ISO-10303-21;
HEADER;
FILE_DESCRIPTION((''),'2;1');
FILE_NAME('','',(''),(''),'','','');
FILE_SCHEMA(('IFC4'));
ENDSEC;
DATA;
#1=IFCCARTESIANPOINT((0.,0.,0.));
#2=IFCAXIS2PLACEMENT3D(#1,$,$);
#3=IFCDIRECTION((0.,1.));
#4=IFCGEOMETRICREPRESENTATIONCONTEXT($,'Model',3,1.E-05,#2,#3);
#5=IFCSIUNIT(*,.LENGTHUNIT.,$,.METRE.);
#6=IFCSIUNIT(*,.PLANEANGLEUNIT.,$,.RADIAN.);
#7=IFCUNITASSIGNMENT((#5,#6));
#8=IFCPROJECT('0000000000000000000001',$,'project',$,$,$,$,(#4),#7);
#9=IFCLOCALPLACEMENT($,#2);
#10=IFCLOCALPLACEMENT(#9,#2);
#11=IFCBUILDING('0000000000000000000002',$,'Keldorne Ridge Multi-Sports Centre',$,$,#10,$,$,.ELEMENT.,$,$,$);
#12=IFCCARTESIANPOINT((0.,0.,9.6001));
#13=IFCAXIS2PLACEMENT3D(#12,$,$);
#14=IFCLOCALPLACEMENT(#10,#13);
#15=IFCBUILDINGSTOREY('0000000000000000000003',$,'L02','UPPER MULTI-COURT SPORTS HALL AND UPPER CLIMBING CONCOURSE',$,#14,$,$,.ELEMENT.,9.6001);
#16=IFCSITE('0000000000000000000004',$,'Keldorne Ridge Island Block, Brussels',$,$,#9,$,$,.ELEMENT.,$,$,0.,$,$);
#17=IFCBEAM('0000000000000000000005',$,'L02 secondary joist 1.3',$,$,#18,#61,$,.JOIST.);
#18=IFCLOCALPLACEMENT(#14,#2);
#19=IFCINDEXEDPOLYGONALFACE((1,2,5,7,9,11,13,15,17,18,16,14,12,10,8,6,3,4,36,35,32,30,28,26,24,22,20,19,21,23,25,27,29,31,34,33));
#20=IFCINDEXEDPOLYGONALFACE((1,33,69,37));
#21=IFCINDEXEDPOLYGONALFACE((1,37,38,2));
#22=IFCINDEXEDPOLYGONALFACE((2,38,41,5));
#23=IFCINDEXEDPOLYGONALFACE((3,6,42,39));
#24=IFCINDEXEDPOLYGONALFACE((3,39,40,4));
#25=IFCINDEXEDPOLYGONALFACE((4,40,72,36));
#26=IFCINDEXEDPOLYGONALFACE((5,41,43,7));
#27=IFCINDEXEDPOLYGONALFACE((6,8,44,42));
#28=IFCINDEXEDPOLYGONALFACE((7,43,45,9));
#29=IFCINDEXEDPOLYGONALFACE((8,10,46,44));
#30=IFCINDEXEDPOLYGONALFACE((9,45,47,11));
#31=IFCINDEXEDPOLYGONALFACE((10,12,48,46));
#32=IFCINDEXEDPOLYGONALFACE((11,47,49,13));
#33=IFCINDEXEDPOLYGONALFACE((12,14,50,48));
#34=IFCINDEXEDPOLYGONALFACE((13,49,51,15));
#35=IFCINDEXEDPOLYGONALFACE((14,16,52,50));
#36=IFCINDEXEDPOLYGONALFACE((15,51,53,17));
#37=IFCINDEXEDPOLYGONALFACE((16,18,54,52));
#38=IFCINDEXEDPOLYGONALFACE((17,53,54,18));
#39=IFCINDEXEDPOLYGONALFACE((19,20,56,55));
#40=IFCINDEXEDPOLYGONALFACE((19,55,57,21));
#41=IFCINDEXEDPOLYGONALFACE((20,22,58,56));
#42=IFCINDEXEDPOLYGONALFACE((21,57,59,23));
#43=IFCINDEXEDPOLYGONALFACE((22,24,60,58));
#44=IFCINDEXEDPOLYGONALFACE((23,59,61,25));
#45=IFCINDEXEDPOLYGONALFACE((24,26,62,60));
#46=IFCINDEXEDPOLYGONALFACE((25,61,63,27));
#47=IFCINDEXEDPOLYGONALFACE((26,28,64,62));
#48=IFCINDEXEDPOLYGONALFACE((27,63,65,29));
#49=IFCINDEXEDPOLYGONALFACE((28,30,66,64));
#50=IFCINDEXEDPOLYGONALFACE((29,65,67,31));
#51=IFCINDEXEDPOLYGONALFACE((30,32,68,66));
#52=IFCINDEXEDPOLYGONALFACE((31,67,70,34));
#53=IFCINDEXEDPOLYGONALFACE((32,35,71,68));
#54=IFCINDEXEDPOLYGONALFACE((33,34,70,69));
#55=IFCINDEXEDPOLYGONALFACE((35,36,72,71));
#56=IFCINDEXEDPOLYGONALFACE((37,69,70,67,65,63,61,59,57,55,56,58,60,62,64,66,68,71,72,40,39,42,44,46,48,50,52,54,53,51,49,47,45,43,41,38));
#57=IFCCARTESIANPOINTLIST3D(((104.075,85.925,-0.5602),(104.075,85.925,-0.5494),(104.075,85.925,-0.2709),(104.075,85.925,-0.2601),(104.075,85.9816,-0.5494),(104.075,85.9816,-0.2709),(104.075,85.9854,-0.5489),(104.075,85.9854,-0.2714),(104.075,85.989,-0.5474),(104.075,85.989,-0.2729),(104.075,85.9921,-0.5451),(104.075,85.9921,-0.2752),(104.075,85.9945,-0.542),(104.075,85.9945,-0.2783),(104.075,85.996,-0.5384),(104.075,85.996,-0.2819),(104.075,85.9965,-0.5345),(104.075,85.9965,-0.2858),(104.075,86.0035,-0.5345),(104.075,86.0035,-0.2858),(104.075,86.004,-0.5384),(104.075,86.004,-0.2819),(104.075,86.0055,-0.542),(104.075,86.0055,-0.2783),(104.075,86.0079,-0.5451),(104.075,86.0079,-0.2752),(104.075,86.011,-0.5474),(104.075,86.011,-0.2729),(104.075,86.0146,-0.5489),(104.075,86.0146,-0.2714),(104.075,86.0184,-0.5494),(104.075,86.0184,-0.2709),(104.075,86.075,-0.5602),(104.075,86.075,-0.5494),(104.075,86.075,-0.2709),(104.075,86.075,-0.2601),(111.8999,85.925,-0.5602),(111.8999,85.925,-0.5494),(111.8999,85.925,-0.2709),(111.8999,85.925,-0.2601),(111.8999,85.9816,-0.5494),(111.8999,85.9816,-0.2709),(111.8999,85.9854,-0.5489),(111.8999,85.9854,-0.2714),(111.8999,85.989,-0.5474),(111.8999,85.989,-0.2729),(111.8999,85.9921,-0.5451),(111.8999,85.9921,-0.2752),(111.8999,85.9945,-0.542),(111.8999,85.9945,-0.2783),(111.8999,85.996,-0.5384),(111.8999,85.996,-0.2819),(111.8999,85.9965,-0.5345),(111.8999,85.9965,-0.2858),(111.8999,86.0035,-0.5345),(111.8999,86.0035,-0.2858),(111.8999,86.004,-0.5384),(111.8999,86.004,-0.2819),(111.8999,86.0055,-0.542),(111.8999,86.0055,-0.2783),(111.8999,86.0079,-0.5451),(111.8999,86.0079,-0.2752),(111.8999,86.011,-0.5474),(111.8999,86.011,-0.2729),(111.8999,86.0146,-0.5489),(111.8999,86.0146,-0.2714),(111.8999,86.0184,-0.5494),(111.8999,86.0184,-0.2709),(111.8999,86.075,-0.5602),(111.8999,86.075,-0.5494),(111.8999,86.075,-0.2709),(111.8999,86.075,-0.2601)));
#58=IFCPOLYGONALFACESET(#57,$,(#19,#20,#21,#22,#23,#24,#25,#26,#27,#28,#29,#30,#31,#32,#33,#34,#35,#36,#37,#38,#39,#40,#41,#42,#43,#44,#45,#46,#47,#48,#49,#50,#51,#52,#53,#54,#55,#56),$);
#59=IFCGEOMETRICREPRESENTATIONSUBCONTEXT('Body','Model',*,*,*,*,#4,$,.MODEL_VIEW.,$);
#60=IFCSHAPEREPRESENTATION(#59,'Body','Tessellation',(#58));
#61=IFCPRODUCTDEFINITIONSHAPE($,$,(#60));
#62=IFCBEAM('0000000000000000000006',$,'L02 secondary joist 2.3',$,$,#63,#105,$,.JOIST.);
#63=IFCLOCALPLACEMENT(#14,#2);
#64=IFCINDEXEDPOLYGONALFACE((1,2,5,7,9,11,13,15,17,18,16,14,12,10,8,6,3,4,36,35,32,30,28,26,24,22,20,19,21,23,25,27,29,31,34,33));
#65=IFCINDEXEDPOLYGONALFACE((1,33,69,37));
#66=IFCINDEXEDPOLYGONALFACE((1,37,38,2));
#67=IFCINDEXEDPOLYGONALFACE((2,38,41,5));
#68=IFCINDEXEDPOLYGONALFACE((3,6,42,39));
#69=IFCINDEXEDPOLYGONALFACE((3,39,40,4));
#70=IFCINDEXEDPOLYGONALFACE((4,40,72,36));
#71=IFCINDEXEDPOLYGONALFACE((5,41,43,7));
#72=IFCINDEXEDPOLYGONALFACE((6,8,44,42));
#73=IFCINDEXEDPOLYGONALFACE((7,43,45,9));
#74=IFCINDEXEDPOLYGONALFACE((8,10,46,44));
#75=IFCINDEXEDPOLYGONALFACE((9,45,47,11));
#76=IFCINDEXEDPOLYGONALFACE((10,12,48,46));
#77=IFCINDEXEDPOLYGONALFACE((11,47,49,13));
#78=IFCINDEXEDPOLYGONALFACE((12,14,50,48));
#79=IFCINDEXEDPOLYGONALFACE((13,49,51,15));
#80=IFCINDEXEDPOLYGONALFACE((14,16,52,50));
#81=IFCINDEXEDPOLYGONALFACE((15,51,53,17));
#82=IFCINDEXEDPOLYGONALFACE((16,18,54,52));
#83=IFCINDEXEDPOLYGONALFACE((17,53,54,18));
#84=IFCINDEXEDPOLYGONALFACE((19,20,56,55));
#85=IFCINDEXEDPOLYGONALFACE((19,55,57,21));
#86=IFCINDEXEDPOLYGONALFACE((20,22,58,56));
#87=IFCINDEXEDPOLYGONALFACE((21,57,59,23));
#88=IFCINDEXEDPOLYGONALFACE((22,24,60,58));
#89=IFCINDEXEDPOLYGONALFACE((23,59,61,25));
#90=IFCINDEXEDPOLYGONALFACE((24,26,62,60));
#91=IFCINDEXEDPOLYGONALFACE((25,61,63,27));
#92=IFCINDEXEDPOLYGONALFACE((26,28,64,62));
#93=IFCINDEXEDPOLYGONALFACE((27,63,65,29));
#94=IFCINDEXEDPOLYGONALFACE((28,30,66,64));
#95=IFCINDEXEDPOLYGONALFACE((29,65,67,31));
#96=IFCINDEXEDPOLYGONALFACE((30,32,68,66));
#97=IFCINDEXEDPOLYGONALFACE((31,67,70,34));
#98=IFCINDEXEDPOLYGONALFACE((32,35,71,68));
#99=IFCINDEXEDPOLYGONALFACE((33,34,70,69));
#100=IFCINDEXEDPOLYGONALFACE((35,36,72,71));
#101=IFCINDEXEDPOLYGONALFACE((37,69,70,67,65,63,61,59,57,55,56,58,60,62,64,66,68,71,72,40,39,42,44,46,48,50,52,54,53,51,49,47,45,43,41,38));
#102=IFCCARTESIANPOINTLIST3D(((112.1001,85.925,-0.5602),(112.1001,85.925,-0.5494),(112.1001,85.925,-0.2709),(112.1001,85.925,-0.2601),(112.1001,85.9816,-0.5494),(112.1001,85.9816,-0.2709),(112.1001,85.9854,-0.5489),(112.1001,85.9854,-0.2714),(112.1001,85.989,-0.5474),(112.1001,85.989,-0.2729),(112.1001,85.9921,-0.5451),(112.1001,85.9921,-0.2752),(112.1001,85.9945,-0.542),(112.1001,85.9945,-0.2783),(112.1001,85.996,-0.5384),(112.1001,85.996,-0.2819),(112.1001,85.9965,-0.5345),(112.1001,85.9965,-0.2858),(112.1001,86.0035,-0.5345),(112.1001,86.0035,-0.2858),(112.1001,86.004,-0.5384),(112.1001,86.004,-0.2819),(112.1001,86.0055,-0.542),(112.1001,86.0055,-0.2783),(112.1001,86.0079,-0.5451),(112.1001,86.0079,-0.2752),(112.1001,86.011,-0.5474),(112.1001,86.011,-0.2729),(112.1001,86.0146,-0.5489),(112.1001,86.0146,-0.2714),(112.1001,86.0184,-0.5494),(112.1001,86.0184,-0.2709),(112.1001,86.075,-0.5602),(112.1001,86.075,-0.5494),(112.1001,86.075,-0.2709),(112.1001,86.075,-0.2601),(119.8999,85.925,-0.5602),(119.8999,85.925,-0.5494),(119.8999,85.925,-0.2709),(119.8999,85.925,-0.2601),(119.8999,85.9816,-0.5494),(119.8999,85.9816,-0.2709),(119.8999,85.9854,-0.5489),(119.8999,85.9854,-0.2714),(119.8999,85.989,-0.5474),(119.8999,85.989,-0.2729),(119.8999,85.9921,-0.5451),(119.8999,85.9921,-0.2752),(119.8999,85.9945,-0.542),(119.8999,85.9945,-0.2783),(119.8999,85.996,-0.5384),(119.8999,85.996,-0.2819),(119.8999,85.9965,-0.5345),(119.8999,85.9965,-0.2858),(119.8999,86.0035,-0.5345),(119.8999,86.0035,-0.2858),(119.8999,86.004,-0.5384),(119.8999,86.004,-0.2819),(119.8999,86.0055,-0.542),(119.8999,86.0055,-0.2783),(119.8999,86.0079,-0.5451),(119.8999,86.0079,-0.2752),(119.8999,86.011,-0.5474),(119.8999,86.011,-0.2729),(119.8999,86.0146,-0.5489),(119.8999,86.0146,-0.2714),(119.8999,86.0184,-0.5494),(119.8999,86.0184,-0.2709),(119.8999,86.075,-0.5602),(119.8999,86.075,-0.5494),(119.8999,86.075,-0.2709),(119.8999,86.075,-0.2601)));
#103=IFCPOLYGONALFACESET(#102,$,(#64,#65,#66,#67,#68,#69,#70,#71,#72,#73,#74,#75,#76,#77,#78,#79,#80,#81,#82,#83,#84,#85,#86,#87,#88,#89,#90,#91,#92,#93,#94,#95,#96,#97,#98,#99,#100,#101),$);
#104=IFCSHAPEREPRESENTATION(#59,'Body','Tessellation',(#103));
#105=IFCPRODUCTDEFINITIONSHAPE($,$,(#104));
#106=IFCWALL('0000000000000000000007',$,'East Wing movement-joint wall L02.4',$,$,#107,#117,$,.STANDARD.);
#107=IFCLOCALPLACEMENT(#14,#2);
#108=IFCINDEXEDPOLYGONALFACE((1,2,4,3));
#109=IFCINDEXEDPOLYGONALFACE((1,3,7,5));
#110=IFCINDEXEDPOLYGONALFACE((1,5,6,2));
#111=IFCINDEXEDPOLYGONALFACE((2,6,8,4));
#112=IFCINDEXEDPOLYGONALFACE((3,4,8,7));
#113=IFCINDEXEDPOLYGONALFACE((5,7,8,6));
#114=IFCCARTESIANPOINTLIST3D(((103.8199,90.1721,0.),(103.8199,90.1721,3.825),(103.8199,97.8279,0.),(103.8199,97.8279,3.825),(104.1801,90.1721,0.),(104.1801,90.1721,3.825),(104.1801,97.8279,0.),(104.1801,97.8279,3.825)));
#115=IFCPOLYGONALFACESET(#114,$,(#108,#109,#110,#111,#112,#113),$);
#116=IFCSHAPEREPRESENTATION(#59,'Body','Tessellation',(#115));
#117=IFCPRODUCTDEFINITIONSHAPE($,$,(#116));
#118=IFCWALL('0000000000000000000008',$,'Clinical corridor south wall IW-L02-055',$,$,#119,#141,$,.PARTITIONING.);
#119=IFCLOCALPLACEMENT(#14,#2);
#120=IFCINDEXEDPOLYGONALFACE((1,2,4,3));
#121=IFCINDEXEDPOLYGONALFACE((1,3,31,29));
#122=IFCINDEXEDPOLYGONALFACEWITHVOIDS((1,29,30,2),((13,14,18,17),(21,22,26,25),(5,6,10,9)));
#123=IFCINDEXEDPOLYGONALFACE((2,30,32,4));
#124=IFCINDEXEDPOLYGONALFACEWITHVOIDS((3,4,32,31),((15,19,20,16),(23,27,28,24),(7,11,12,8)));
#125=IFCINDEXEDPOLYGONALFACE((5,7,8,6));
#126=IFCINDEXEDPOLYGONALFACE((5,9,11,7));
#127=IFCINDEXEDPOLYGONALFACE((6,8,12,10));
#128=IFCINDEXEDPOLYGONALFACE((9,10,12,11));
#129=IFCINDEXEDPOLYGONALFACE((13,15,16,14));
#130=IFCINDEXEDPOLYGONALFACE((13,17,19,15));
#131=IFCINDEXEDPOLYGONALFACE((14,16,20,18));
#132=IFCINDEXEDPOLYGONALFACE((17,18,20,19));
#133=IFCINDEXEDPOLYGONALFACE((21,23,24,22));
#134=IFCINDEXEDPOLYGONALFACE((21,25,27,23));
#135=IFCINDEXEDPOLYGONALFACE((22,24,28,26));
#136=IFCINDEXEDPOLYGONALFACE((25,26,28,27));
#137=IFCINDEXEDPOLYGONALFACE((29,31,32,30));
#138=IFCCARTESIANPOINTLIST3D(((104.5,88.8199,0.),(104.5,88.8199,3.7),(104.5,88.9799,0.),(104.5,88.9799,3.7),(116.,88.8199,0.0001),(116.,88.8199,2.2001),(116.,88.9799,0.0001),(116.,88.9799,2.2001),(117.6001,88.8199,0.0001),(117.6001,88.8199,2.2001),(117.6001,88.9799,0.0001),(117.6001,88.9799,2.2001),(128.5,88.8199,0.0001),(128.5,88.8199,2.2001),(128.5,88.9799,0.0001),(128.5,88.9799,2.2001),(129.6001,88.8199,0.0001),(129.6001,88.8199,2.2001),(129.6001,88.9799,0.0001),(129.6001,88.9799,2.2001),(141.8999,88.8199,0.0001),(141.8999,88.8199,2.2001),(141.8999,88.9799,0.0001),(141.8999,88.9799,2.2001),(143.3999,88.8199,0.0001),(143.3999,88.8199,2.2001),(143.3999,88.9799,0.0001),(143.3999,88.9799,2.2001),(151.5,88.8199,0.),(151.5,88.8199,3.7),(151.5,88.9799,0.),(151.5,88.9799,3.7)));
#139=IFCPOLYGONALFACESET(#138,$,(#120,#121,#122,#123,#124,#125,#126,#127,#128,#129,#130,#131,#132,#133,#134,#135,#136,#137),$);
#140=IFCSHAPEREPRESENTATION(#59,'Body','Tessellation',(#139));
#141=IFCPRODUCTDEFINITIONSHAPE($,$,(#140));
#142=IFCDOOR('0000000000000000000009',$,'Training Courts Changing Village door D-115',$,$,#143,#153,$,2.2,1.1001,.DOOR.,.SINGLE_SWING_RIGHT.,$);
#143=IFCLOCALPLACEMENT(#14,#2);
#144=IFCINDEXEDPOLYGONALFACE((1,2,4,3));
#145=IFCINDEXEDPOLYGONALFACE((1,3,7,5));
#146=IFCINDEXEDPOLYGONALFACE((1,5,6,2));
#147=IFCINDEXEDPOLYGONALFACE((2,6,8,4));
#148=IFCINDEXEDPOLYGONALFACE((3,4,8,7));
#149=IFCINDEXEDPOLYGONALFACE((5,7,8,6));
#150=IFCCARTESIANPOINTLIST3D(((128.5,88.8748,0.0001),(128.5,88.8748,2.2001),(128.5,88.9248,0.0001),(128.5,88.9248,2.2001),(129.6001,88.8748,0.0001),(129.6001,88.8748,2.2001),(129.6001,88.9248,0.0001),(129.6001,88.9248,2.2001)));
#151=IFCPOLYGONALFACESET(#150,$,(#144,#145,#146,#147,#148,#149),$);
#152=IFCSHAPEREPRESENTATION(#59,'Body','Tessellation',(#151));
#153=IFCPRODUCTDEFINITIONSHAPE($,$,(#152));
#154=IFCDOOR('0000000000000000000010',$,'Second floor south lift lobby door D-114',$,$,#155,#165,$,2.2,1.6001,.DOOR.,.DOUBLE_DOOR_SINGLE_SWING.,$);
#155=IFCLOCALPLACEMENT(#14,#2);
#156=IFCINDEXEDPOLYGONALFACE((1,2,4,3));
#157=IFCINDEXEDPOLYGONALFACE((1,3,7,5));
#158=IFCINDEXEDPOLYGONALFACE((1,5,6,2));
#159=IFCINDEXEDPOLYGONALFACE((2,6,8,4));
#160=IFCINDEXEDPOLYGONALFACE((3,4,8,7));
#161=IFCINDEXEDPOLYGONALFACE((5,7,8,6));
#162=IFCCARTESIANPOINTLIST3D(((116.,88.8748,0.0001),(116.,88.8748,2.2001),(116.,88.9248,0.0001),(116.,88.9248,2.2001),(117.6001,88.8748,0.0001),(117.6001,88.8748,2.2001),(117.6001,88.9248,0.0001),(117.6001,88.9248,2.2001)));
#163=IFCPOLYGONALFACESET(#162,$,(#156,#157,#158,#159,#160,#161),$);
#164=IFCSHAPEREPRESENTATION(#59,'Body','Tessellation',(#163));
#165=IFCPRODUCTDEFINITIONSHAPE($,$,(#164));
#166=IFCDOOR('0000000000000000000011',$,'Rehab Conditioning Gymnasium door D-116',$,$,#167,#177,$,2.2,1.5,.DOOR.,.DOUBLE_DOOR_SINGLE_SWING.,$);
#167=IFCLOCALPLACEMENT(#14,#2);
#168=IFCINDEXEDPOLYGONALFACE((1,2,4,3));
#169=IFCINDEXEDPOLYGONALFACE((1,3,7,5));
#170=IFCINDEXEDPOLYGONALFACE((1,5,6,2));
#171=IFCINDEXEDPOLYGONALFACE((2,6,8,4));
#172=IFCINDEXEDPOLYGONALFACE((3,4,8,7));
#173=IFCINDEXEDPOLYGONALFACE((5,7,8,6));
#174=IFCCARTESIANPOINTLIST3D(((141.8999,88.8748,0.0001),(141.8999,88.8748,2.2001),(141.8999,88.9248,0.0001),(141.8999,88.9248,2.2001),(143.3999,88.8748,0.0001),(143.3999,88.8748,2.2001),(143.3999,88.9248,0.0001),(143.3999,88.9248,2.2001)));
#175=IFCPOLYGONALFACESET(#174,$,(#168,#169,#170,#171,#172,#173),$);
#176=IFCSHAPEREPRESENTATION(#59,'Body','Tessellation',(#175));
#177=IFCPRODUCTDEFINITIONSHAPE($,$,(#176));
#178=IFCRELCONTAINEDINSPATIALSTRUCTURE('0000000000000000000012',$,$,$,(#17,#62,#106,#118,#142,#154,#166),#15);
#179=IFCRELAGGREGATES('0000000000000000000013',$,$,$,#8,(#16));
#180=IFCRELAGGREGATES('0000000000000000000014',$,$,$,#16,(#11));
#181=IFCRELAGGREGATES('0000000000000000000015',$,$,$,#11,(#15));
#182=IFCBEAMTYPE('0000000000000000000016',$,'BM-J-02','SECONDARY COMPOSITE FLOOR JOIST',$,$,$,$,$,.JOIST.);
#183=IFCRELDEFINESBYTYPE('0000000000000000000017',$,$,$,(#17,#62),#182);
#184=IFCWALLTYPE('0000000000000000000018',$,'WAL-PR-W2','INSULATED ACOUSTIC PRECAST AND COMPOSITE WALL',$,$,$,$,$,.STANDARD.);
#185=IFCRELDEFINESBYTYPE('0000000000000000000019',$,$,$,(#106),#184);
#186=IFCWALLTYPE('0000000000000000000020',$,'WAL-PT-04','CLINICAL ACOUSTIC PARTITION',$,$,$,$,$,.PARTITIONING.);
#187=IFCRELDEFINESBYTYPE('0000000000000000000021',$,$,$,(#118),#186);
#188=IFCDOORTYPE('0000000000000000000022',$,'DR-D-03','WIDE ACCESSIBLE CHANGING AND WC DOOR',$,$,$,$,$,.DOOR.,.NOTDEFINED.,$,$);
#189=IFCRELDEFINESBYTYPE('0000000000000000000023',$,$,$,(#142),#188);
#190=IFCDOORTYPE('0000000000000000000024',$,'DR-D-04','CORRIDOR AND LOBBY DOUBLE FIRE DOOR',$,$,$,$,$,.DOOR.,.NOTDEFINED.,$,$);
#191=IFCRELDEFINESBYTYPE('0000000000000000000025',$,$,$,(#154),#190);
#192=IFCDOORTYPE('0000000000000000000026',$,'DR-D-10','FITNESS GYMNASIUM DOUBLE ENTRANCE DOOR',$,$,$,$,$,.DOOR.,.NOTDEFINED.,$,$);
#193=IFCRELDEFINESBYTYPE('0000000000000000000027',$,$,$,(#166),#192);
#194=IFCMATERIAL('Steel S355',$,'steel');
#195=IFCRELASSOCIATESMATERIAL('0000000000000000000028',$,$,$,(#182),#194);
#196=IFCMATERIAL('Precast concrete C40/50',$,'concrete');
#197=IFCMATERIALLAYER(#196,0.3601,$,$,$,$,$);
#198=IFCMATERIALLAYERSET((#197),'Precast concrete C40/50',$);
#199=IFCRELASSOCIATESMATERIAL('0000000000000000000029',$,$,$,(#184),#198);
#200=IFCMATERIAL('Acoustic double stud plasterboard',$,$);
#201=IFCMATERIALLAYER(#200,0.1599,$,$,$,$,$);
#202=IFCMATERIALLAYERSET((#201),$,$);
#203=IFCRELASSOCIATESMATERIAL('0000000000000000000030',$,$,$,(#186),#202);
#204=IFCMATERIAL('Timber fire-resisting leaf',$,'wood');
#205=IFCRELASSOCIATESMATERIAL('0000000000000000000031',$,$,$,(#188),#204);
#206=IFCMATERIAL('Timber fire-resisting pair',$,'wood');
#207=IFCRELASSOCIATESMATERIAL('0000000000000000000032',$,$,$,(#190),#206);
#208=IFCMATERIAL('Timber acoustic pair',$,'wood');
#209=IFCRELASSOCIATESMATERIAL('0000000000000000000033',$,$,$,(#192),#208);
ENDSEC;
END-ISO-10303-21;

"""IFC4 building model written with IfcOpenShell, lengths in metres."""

from ifc_helpers import new_model, si_unit, direction, frame, frame_2d, origin, origin_2d, place, context, subcontext, project, spatial, rectangle, i_section, extrude, material, layer, layer_set, material_profile, profile_set, type_object, element, fill, save


model = new_model("IFC4")

# Units and contexts
model_context = context("Model", 3, precision=1e-05, world=origin(), true_north=direction((0.0, 1.0)))
body_context = subcontext(model_context, "Body", "Model", "MODEL_VIEW")
ifc_project = project(units=[si_unit("LENGTHUNIT", "METRE"), si_unit("PLANEANGLEUNIT", "RADIAN")], contexts=[model_context])

# Site, building, storey
site_placement = place(None, origin())
site = spatial("IfcSite", under=ifc_project, at=site_placement, Name="Keldorne Ridge Island Block, Brussels", CompositionType="ELEMENT", RefElevation=0.0)
building_placement = place(site_placement, origin())
building = spatial("IfcBuilding", under=site, at=building_placement, Name="Keldorne Ridge Multi-Sports Centre", CompositionType="ELEMENT")
storey_placement = place(building_placement, frame((0.0, 0.0, 9.6001)))
storey = spatial("IfcBuildingStorey", under=building, at=storey_placement, Name="L02", Description="UPPER MULTI-COURT SPORTS HALL AND UPPER CLIMBING CONCOURSE", CompositionType="ELEMENT", Elevation=9.6001)

# Shared definitions
ifc_material_1 = material(Name="Steel S355", Category="steel")

# Beams
ifc_material_profile_1 = material_profile(ifc_material_1, i_section(OverallWidth=0.1499, OverallDepth=0.3, WebThickness=0.0071, FlangeThickness=0.0107, FilletRadius=0.0149, at=origin_2d()), Name="IPE 300")
ifc_profile_set_1 = profile_set([ifc_material_profile_1], Name="Steel S355")
beam_type_1 = type_object("IfcBeamType", Name="BM-J-02", Description="SECONDARY COMPOSITE FLOOR JOIST", PredefinedType="JOIST", material=ifc_profile_set_1)
beam_1_placement = place(storey_placement, frame((104.075, 86.0, -0.4102), z_axis=(1.0, 0.0, 0.0), x_axis=(0.0, 1.0, 0.0)))
element("IfcBeam", 1, at=beam_1_placement, inside=storey, type_object=beam_type_1, Name="L02 secondary joist 1.3", PredefinedType="JOIST", context=body_context, shape_type="SweptSolid", body=[
    extrude(i_section(OverallWidth=0.1499, OverallDepth=0.3, WebThickness=0.0071, FlangeThickness=0.0107, FilletRadius=0.0149, at=origin_2d()), origin(), (0.0, 0.0, 1.0), 7.825),
])
beam_2_placement = place(storey_placement, frame((112.1001, 86.0, -0.4102), z_axis=(1.0, 0.0, 0.0), x_axis=(0.0, 1.0, 0.0)))
element("IfcBeam", 2, at=beam_2_placement, inside=storey, type_object=beam_type_1, Name="L02 secondary joist 2.3", PredefinedType="JOIST", context=body_context, shape_type="SweptSolid", body=[
    extrude(i_section(OverallWidth=0.1499, OverallDepth=0.3, WebThickness=0.0071, FlangeThickness=0.0107, FilletRadius=0.0149, at=origin_2d()), origin(), (0.0, 0.0, 1.0), 7.7998),
])

# Wall
ifc_material_2 = material(Name="Precast concrete C40/50", Category="concrete")
ifc_layer_1 = layer(ifc_material_2, 0.3601)
ifc_layer_set_1 = layer_set([ifc_layer_1], Name="Precast concrete C40/50")
wall_type_1 = type_object("IfcWallType", Name="WAL-PR-W2", Description="INSULATED ACOUSTIC PRECAST AND COMPOSITE WALL", PredefinedType="STANDARD", material=ifc_layer_set_1)
wall_1_placement = place(storey_placement, frame((104.0, 97.8279, 0.0), z_axis=(0.0, 0.0, 1.0), x_axis=(0.0, -1.0, 0.0)))
element("IfcWall", 3, at=wall_1_placement, inside=storey, type_object=wall_type_1, Name="East Wing movement-joint wall L02.4", PredefinedType="STANDARD", context=body_context, shape_type="SweptSolid", body=[
    extrude(rectangle(XDim=7.6558, YDim=0.3601, at=frame_2d((3.8279, 0.0))), origin(), (0.0, 0.0, 1.0), 3.825),
])

# Wall, openings, doors
ifc_material_3 = material(Name="Acoustic double stud plasterboard")
ifc_layer_2 = layer(ifc_material_3, 0.1599)
ifc_layer_set_2 = layer_set([ifc_layer_2])
wall_type_2 = type_object("IfcWallType", Name="WAL-PT-04", Description="CLINICAL ACOUSTIC PARTITION", PredefinedType="PARTITIONING", material=ifc_layer_set_2)
wall_2_placement = place(storey_placement, frame((104.5, 88.8999, 0.0), z_axis=(0.0, 0.0, 1.0), x_axis=(1.0, 0.0, 0.0)))
wall_2 = element("IfcWall", 4, at=wall_2_placement, inside=storey, type_object=wall_type_2, Name="Clinical corridor south wall IW-L02-055", PredefinedType="PARTITIONING", context=body_context, shape_type="SweptSolid", body=[
    extrude(rectangle(XDim=47.0, YDim=0.1599, at=frame_2d((23.5, 0.0))), origin(), (0.0, 0.0, 1.0), 3.7),
])
opening_1_placement = place(wall_2_placement, frame((11.5, 0.0, 0.0)))
opening_1 = element("IfcOpeningElement", 5, at=opening_1_placement, cuts=wall_2, PredefinedType="OPENING", context=body_context, shape_type="SweptSolid", body=[
    extrude(rectangle(XDim=1.6001, YDim=2.2, at=frame_2d((0.8, 1.1001))), frame((0.0, 0.0898, 0.0), z_axis=(0.0, -1.0, 0.0), x_axis=(1.0, 0.0, 0.0)), (0.0, 0.0, 1.0), 0.1799),
])
opening_2_placement = place(wall_2_placement, frame((24.0, 0.0, 0.0)))
opening_2 = element("IfcOpeningElement", 6, at=opening_2_placement, cuts=wall_2, PredefinedType="OPENING", context=body_context, shape_type="SweptSolid", body=[
    extrude(rectangle(XDim=1.1001, YDim=2.2, at=frame_2d((0.55, 1.1001))), frame((0.0, 0.0898, 0.0), z_axis=(0.0, -1.0, 0.0), x_axis=(1.0, 0.0, 0.0)), (0.0, 0.0, 1.0), 0.1799),
])
opening_3_placement = place(wall_2_placement, frame((37.3999, 0.0, 0.0)))
opening_3 = element("IfcOpeningElement", 7, at=opening_3_placement, cuts=wall_2, PredefinedType="OPENING", context=body_context, shape_type="SweptSolid", body=[
    extrude(rectangle(XDim=1.5, YDim=2.2, at=frame_2d((0.75, 1.1001))), frame((0.0, 0.0898, 0.0), z_axis=(0.0, -1.0, 0.0), x_axis=(1.0, 0.0, 0.0)), (0.0, 0.0, 1.0), 0.1799),
])
ifc_material_4 = material(Name="Timber fire-resisting leaf", Category="wood")
door_type_1 = type_object("IfcDoorType", Name="DR-D-03", Description="WIDE ACCESSIBLE CHANGING AND WC DOOR", OperationType="NOTDEFINED", PredefinedType="DOOR", material=ifc_material_4)
door_1_placement = place(opening_2_placement, origin())
door_1 = element("IfcDoor", 8, at=door_1_placement, inside=storey, type_object=door_type_1, Name="Training Courts Changing Village door D-115", OperationType="SINGLE_SWING_RIGHT", OverallHeight=2.2, OverallWidth=1.1001, PredefinedType="DOOR", context=body_context, shape_type="SweptSolid", body=[
    extrude(rectangle(XDim=1.1001, YDim=2.2, at=frame_2d((0.55, 1.1001))), frame((0.0, 0.0249, 0.0), z_axis=(0.0, -1.0, 0.0), x_axis=(1.0, 0.0, 0.0)), (0.0, 0.0, 1.0), 0.05),
])
fill(opening_2, door_1)
ifc_material_5 = material(Name="Timber fire-resisting pair", Category="wood")
door_type_2 = type_object("IfcDoorType", Name="DR-D-04", Description="CORRIDOR AND LOBBY DOUBLE FIRE DOOR", OperationType="NOTDEFINED", PredefinedType="DOOR", material=ifc_material_5)
door_2_placement = place(opening_1_placement, origin())
door_2 = element("IfcDoor", 9, at=door_2_placement, inside=storey, type_object=door_type_2, Name="Second floor south lift lobby door D-114", OperationType="DOUBLE_DOOR_SINGLE_SWING", OverallHeight=2.2, OverallWidth=1.6001, PredefinedType="DOOR", context=body_context, shape_type="SweptSolid", body=[
    extrude(rectangle(XDim=1.6001, YDim=2.2, at=frame_2d((0.8, 1.1001))), frame((0.0, 0.0249, 0.0), z_axis=(0.0, -1.0, 0.0), x_axis=(1.0, 0.0, 0.0)), (0.0, 0.0, 1.0), 0.05),
])
fill(opening_1, door_2)
ifc_material_6 = material(Name="Timber acoustic pair", Category="wood")
door_type_3 = type_object("IfcDoorType", Name="DR-D-10", Description="FITNESS GYMNASIUM DOUBLE ENTRANCE DOOR", OperationType="NOTDEFINED", PredefinedType="DOOR", material=ifc_material_6)
door_3_placement = place(opening_3_placement, origin())
door_3 = element("IfcDoor", 10, at=door_3_placement, inside=storey, type_object=door_type_3, Name="Rehab Conditioning Gymnasium door D-116", OperationType="DOUBLE_DOOR_SINGLE_SWING", OverallHeight=2.2, OverallWidth=1.5, PredefinedType="DOOR", context=body_context, shape_type="SweptSolid", body=[
    extrude(rectangle(XDim=1.5, YDim=2.2, at=frame_2d((0.75, 1.1001))), frame((0.0, 0.0249, 0.0), z_axis=(0.0, -1.0, 0.0), x_axis=(1.0, 0.0, 0.0)), (0.0, 0.0, 1.0), 0.05),
])
fill(opening_3, door_3)

save(model, "model.ifc")
